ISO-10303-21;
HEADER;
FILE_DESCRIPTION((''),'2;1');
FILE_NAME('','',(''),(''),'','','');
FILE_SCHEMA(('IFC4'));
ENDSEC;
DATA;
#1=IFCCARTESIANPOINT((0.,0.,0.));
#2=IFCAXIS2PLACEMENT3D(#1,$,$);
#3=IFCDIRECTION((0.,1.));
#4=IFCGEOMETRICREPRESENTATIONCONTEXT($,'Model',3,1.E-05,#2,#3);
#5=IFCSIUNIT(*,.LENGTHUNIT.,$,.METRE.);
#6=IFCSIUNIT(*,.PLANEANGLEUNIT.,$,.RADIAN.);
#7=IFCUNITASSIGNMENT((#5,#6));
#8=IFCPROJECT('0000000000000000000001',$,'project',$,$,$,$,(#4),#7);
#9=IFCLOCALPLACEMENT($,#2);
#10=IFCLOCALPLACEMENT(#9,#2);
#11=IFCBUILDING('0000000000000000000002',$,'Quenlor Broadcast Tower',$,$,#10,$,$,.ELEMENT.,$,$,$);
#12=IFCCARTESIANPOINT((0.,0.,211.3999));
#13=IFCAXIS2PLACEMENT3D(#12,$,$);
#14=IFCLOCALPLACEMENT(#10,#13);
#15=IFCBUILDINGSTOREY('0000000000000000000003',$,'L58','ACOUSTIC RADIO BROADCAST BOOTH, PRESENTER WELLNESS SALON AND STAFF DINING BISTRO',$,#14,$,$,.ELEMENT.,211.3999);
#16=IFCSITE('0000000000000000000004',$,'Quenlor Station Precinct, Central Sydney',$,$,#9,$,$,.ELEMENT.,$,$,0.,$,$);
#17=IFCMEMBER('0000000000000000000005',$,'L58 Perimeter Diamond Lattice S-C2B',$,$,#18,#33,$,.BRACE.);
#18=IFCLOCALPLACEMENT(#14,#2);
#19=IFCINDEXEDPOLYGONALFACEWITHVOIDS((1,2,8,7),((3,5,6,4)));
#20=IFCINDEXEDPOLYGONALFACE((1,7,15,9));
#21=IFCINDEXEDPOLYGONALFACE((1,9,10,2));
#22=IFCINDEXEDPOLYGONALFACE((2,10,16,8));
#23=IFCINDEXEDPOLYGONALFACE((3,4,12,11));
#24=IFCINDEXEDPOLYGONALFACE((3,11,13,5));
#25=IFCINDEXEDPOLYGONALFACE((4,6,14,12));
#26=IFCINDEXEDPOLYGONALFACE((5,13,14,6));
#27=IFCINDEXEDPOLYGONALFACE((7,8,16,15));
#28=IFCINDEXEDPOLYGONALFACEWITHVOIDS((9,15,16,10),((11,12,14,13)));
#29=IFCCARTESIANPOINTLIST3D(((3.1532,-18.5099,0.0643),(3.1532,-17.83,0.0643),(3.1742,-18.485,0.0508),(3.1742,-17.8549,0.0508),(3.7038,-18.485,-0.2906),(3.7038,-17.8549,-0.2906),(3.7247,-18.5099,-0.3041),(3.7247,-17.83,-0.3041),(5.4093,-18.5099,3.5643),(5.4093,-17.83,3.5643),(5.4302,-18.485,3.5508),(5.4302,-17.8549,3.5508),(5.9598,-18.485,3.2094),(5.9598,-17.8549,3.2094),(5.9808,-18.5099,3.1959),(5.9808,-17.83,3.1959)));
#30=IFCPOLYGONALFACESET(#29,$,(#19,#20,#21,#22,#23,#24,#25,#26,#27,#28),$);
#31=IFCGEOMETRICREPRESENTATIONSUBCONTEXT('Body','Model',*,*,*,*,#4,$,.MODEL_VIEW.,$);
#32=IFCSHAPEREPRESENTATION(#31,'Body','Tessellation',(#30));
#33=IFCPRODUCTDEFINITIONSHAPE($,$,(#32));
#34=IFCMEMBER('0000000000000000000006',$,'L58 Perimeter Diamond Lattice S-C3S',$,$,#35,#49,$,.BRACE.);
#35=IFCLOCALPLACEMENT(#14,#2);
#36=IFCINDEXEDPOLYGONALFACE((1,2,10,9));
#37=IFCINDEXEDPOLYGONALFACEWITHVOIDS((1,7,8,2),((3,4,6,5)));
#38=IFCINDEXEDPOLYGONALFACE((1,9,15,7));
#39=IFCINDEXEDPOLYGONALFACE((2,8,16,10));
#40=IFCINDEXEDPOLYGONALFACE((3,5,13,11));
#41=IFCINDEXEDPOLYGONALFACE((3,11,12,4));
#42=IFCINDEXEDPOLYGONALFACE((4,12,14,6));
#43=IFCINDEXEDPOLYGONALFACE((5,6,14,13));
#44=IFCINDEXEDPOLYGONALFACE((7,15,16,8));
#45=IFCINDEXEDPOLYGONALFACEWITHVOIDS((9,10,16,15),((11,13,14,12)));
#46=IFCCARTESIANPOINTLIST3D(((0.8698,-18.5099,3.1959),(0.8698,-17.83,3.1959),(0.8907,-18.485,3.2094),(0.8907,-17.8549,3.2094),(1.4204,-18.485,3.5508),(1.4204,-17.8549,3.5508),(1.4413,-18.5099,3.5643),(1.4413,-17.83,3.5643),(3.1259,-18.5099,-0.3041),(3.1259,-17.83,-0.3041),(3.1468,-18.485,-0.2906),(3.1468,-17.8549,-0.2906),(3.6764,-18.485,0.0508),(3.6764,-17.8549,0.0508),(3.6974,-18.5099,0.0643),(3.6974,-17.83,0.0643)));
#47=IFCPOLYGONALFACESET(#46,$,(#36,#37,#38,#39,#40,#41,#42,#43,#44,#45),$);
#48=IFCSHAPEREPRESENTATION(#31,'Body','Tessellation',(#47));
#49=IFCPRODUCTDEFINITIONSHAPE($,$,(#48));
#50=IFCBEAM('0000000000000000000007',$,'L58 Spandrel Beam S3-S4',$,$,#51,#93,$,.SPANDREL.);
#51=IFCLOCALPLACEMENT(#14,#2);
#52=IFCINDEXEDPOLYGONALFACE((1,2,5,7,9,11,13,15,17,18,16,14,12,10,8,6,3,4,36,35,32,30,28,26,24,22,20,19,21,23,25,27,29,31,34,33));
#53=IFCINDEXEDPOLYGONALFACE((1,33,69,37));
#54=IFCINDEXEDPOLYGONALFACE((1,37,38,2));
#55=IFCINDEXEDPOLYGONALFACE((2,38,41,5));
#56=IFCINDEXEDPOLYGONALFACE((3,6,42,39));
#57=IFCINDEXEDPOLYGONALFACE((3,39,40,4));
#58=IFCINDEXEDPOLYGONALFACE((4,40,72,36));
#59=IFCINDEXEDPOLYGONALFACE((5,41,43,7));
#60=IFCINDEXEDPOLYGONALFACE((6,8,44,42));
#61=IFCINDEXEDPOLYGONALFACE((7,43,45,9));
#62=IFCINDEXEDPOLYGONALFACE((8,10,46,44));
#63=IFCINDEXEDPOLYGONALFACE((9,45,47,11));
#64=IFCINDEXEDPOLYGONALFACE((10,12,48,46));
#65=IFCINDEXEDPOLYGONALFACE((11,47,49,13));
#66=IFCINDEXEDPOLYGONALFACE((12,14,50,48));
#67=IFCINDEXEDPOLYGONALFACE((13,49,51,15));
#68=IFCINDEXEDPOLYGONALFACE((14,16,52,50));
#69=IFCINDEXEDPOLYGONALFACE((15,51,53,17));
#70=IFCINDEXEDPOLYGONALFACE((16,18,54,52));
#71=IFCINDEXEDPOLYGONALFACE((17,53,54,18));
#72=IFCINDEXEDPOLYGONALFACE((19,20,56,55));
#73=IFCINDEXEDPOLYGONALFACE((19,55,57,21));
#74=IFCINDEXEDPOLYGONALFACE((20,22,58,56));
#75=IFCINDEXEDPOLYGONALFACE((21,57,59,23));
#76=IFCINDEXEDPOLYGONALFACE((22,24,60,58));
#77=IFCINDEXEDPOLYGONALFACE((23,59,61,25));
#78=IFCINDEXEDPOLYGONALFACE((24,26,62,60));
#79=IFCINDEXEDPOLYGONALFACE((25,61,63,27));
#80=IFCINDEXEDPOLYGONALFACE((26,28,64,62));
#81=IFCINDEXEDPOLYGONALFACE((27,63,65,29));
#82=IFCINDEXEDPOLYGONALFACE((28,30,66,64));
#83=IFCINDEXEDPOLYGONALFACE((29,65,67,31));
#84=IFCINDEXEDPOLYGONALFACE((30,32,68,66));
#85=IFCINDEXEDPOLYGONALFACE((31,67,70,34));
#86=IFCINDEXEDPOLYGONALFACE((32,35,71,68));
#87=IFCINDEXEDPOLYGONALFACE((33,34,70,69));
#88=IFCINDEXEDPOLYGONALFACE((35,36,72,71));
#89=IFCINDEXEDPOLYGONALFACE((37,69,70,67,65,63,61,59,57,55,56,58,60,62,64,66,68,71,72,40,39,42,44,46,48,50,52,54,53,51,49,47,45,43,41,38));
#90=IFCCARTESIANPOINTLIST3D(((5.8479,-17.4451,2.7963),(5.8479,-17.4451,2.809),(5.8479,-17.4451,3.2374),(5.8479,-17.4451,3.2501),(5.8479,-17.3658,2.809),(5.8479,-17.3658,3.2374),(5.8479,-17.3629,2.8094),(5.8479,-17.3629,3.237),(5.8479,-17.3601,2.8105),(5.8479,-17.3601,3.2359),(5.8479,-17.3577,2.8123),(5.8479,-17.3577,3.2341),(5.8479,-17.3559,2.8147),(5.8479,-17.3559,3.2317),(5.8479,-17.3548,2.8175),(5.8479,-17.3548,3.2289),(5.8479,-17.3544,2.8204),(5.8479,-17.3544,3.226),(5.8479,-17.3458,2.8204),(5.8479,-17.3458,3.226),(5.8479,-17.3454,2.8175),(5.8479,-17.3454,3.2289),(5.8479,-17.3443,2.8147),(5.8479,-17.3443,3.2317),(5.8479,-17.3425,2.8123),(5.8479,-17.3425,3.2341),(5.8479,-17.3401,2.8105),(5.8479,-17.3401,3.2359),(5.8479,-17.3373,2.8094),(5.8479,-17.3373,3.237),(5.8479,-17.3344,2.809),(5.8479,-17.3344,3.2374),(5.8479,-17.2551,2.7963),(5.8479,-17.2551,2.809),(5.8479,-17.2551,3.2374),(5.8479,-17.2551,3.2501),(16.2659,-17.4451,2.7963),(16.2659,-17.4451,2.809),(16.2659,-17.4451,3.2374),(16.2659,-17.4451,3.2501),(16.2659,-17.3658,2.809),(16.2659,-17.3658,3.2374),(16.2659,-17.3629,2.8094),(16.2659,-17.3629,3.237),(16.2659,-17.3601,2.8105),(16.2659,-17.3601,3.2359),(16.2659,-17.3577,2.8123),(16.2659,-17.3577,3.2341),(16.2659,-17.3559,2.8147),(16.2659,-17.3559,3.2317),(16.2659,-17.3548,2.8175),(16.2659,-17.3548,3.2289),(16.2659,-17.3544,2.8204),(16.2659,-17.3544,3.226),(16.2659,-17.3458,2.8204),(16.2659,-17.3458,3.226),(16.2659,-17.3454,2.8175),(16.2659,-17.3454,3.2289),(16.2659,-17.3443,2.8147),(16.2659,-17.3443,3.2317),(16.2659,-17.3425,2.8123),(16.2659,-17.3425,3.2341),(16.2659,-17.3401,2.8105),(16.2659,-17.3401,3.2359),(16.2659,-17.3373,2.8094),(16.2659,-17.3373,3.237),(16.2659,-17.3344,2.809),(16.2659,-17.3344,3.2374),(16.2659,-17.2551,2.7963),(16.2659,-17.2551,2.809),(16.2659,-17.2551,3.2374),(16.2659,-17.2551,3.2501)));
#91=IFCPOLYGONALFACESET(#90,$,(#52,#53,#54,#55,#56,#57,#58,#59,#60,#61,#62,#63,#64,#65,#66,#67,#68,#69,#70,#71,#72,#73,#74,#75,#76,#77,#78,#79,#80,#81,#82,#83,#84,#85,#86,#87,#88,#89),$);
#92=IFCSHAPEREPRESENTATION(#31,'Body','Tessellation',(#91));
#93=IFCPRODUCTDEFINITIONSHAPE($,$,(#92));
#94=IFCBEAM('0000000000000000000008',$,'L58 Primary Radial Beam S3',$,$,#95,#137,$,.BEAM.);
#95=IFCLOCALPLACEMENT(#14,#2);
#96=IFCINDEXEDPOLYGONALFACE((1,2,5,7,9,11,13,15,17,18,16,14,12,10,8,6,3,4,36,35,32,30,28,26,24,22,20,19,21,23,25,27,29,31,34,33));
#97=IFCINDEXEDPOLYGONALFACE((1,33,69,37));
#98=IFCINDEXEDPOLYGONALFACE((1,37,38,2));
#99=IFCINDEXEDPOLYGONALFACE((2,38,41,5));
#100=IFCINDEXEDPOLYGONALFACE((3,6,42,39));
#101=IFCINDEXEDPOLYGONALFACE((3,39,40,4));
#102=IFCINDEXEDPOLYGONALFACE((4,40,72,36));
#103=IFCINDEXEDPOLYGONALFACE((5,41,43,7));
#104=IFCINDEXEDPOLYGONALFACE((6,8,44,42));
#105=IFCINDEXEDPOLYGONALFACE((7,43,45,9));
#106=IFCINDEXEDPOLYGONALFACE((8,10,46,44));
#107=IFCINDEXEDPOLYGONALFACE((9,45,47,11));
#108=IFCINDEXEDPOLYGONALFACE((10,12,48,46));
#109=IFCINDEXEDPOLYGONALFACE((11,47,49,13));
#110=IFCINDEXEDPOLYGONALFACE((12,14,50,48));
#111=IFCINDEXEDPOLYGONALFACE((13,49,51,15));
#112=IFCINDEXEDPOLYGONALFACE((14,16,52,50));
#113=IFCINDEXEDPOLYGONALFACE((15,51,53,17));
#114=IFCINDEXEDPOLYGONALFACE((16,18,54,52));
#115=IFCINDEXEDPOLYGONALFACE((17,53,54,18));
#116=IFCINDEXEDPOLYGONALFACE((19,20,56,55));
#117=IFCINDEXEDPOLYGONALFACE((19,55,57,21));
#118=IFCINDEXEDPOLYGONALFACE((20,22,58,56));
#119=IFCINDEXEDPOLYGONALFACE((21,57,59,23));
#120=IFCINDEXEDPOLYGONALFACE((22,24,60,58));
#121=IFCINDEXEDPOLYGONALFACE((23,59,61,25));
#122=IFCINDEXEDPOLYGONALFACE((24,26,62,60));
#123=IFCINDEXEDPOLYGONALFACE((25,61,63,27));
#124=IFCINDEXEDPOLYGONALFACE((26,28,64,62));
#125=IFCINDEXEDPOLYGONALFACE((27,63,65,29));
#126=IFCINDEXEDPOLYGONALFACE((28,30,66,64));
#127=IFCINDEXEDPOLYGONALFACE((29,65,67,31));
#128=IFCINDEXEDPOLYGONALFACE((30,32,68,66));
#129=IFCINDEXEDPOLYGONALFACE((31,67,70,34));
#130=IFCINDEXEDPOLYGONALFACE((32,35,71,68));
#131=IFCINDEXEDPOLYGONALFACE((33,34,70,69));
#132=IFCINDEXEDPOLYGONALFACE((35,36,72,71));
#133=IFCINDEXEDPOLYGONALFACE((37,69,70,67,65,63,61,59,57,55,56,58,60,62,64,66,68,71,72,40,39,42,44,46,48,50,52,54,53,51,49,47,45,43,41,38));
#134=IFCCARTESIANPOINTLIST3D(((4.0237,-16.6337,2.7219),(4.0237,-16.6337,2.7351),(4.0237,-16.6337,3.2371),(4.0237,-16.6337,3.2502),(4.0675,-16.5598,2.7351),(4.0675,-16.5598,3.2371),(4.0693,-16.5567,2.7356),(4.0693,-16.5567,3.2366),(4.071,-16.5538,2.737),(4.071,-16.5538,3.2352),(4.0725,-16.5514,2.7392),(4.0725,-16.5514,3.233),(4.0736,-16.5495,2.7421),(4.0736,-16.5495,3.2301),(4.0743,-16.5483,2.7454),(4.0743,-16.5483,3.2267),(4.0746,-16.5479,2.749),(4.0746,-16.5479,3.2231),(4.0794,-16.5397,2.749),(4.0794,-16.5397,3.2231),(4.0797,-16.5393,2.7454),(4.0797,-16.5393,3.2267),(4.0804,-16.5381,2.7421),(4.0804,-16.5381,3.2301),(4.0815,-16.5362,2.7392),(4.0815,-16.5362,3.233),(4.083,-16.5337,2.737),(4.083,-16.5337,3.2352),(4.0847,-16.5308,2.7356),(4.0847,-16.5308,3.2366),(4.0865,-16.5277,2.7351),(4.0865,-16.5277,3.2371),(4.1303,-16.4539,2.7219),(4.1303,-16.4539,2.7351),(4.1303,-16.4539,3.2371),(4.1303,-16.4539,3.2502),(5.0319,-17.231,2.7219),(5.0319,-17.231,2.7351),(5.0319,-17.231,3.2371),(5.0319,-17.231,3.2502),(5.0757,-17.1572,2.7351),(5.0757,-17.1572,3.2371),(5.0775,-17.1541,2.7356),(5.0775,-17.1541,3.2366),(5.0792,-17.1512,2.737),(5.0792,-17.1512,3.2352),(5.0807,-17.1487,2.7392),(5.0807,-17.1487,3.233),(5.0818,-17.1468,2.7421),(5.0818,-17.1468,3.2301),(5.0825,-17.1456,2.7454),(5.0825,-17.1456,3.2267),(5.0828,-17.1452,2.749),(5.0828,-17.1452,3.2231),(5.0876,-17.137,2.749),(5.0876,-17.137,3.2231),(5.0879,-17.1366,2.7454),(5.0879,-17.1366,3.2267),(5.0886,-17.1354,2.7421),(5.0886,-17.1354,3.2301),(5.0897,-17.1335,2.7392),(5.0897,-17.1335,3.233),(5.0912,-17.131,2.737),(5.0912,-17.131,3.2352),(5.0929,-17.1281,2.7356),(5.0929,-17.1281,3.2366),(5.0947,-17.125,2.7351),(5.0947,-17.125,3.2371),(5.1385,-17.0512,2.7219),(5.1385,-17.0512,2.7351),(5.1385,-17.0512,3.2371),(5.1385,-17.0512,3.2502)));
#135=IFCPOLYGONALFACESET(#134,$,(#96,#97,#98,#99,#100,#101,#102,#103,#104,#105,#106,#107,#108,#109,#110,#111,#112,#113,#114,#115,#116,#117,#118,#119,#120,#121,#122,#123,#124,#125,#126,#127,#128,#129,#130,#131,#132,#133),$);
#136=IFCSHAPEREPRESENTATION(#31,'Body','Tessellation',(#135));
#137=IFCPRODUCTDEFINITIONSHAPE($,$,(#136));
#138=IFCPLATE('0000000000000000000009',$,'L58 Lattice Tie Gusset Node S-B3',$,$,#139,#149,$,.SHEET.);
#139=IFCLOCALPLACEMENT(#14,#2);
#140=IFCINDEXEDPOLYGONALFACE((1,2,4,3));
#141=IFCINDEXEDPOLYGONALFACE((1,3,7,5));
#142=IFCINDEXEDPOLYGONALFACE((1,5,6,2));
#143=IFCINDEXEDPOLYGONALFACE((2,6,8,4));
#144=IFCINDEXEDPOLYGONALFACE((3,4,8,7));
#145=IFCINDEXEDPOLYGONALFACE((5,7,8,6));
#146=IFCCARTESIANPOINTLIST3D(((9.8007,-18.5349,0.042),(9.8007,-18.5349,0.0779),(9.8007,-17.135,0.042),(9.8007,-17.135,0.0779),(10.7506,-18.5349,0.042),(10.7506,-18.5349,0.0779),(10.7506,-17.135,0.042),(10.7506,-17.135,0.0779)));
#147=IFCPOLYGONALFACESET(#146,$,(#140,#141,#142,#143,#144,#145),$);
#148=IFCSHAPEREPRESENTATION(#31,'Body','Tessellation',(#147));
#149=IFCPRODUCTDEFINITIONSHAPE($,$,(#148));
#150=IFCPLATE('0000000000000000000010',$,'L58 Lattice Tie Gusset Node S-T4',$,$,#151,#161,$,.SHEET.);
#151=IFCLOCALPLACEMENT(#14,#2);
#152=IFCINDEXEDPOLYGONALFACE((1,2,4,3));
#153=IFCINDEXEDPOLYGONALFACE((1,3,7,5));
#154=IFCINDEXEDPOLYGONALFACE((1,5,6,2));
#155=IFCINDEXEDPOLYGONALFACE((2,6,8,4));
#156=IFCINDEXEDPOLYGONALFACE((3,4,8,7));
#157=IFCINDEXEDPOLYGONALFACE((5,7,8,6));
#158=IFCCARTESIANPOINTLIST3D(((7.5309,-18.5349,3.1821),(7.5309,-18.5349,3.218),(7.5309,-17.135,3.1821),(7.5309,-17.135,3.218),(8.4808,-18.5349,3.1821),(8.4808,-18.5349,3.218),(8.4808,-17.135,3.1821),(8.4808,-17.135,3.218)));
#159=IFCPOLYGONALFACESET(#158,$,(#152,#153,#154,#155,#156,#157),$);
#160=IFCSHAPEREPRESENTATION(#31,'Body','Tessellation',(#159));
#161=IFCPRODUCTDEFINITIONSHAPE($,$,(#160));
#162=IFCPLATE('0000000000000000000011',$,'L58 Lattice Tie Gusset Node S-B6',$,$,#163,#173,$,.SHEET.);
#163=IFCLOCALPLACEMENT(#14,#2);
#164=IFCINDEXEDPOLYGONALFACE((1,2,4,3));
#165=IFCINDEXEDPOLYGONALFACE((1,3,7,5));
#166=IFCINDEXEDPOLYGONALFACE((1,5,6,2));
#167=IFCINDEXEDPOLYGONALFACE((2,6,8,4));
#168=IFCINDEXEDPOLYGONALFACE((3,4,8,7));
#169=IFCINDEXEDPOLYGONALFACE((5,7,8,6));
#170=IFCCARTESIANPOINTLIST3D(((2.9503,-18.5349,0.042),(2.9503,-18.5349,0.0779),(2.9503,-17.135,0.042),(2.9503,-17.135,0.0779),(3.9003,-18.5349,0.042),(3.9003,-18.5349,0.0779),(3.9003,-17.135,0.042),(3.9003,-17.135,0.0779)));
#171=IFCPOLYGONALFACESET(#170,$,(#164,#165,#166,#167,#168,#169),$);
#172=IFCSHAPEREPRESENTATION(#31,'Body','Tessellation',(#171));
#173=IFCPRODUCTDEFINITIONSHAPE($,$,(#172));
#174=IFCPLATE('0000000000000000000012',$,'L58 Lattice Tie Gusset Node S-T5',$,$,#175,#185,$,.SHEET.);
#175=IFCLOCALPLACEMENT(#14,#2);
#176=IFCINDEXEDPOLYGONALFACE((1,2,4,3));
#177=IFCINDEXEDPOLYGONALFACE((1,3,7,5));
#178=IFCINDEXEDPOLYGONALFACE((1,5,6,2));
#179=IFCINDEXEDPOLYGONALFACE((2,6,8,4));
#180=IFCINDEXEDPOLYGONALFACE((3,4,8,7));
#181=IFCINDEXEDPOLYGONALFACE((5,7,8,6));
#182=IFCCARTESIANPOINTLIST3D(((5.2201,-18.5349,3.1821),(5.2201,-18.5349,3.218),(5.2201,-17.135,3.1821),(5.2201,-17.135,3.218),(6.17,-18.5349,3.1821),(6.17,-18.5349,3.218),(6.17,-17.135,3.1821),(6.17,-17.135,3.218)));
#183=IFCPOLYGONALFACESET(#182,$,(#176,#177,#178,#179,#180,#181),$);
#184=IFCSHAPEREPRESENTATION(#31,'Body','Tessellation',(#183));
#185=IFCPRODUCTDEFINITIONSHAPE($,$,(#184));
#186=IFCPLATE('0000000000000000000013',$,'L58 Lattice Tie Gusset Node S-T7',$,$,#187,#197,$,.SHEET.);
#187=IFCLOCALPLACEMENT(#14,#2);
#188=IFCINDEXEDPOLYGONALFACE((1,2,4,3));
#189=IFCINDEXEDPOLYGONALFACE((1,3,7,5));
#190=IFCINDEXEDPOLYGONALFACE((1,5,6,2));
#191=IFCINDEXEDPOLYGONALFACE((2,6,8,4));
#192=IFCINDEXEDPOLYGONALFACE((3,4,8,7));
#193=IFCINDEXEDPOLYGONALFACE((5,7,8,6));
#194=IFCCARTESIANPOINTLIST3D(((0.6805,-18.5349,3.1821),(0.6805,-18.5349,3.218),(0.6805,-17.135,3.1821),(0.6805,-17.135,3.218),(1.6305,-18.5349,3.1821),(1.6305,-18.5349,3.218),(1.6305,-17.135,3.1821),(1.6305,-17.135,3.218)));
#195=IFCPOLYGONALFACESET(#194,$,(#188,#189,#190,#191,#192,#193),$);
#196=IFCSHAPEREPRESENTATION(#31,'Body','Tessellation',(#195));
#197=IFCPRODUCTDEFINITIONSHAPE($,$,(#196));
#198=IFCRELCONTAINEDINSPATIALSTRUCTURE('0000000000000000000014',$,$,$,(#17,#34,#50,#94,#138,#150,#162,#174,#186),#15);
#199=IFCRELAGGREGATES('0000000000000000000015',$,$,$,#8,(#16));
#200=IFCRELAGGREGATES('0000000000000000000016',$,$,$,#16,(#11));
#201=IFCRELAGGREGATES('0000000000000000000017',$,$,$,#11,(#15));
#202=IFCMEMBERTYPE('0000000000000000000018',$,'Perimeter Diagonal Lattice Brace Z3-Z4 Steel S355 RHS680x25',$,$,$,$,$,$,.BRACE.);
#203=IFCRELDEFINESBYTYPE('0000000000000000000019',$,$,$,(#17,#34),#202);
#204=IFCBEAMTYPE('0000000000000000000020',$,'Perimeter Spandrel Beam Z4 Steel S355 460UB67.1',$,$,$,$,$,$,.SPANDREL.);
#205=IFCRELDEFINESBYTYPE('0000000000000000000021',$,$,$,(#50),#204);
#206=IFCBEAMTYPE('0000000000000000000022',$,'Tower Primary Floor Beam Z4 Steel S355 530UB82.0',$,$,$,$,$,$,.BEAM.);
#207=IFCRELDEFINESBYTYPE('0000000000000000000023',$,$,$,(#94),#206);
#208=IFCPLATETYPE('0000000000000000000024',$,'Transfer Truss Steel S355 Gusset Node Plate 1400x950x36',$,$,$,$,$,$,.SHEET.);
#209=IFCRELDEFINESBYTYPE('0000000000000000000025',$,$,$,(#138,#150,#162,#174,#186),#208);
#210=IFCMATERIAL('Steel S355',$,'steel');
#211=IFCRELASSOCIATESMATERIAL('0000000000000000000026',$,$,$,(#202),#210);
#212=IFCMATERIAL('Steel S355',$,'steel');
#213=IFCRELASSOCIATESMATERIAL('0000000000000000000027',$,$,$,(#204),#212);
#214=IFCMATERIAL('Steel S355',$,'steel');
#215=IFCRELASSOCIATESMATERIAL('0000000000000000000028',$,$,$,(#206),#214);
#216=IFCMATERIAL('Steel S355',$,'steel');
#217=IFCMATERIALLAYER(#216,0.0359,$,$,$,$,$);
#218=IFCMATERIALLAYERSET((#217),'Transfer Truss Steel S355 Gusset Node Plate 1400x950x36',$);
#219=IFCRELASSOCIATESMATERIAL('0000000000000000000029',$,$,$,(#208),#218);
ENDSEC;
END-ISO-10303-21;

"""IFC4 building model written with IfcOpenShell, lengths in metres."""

from ifc_helpers import new_model, si_unit, direction, frame, origin, origin_2d, place, context, subcontext, project, spatial, rectangle, hollow_rectangle, i_section, extrude, material, layer, layer_set, material_profile, profile_set, type_object, element, save


model = new_model("IFC4")

# Units and contexts
model_context = context("Model", 3, precision=1e-05, world=origin(), true_north=direction((0.0, 1.0)))
body_context = subcontext(model_context, "Body", "Model", "MODEL_VIEW")
ifc_project = project(units=[si_unit("LENGTHUNIT", "METRE"), si_unit("PLANEANGLEUNIT", "RADIAN")], contexts=[model_context])

# Site, building, storey
site_placement = place(None, origin())
site = spatial("IfcSite", under=ifc_project, at=site_placement, Name="Quenlor Station Precinct, Central Sydney", CompositionType="ELEMENT", RefElevation=0.0)
building_placement = place(site_placement, origin())
building = spatial("IfcBuilding", under=site, at=building_placement, Name="Quenlor Broadcast Tower", CompositionType="ELEMENT")
storey_placement = place(building_placement, frame((0.0, 0.0, 211.3999)))
storey = spatial("IfcBuildingStorey", under=building, at=storey_placement, Name="L58", Description="ACOUSTIC RADIO BROADCAST BOOTH, PRESENTER WELLNESS SALON AND STAFF DINING BISTRO", CompositionType="ELEMENT", Elevation=211.3999)

# Members
ifc_material_1 = material(Name="Steel S355", Category="steel")
ifc_material_profile_1 = material_profile(ifc_material_1, hollow_rectangle(XDim=0.6799, YDim=0.6799, WallThickness=0.0249, at=origin_2d()))
ifc_profile_set_1 = profile_set([ifc_material_profile_1], Name="Steel S355 RHS680x680x25")
member_type_1 = type_object("IfcMemberType", Name="Perimeter Diagonal Lattice Brace Z3-Z4 Steel S355 RHS680x25", PredefinedType="BRACE", material=ifc_profile_set_1)
for number, where, z_axis, x_axis, name in (
    (1, (3.439, -18.1699, -0.1199), (0.541794, 0.0, 0.840511), (0.0, 1.0, 0.0), "L58 Perimeter Diamond Lattice S-C2B"),
    (2, (3.4116, -18.1699, -0.1199), (-0.541794, 0.0, 0.840511), (0.0, -1.0, 0.0), "L58 Perimeter Diamond Lattice S-C3S"),
):
    element("IfcMember", number, at=place(storey_placement, frame(where, z_axis=z_axis, x_axis=x_axis)), inside=storey, type_object=member_type_1, Name=name, PredefinedType="BRACE", context=body_context, shape_type="SweptSolid", body=[
        extrude(hollow_rectangle(XDim=0.6799, YDim=0.6799, WallThickness=0.0249, at=origin_2d()), origin(), (0.0, 0.0, 1.0), 4.1641),
    ])

# Beams
ifc_material_2 = material(Name="Steel S355", Category="steel")
ifc_material_profile_2 = material_profile(ifc_material_2, i_section(OverallWidth=0.1899, OverallDepth=0.4539, WebThickness=0.0085, FlangeThickness=0.0127, FilletRadius=0.0115, at=origin_2d()))
ifc_profile_set_2 = profile_set([ifc_material_profile_2], Name="Steel S355 460UB67.1")
beam_type_1 = type_object("IfcBeamType", Name="Perimeter Spandrel Beam Z4 Steel S355 460UB67.1", PredefinedType="SPANDREL", material=ifc_profile_set_2)
beam_1_placement = place(storey_placement, frame((5.8479, -17.3501, 3.0232), z_axis=(1.0, 0.0, 0.0), x_axis=(0.0, 1.0, 0.0)))
element("IfcBeam", 3, at=beam_1_placement, inside=storey, type_object=beam_type_1, Name="L58 Spandrel Beam S3-S4", PredefinedType="SPANDREL", context=body_context, shape_type="SweptSolid", body=[
    extrude(i_section(OverallWidth=0.1899, OverallDepth=0.4539, WebThickness=0.0085, FlangeThickness=0.0127, FilletRadius=0.0115, at=origin_2d()), origin(), (0.0, 0.0, 1.0), 10.418),
])
ifc_material_3 = material(Name="Steel S355", Category="steel")
ifc_material_profile_3 = material_profile(ifc_material_3, i_section(OverallWidth=0.209, OverallDepth=0.5283, WebThickness=0.0095, FlangeThickness=0.0132, FilletRadius=0.0139, at=origin_2d()))
ifc_profile_set_3 = profile_set([ifc_material_profile_3], Name="Steel S355 530UB82.0")
beam_type_2 = type_object("IfcBeamType", Name="Tower Primary Floor Beam Z4 Steel S355 530UB82.0", PredefinedType="BEAM", material=ifc_profile_set_3)
beam_2_placement = place(storey_placement, frame((5.0852, -17.1411, 2.9861), z_axis=(-0.860329, 0.50974, 0.0), x_axis=(-0.50974, -0.860329, 0.0)))
element("IfcBeam", 4, at=beam_2_placement, inside=storey, type_object=beam_type_2, Name="L58 Primary Radial Beam S3", PredefinedType="BEAM", context=body_context, shape_type="SweptSolid", body=[
    extrude(i_section(OverallWidth=0.209, OverallDepth=0.5283, WebThickness=0.0095, FlangeThickness=0.0132, FilletRadius=0.0139, at=origin_2d()), origin(), (0.0, 0.0, 1.0), 1.1719),
])

# Plates
ifc_material_4 = material(Name="Steel S355", Category="steel")
ifc_layer_1 = layer(ifc_material_4, 0.0359)
ifc_layer_set_1 = layer_set([ifc_layer_1], Name="Transfer Truss Steel S355 Gusset Node Plate 1400x950x36")
plate_type = type_object("IfcPlateType", Name="Transfer Truss Steel S355 Gusset Node Plate 1400x950x36", PredefinedType="SHEET", material=ifc_layer_set_1)
for number, where, z_axis, x_axis, name in (
    (5, (10.2756, -17.835, 0.042), (0.0, 0.0, 1.0), (0.0, -1.0, 0.0), "L58 Lattice Tie Gusset Node S-B3"),
    (6, (8.0059, -17.835, 3.1821), (0.0, 0.0, 1.0), (0.0, -1.0, 0.0), "L58 Lattice Tie Gusset Node S-T4"),
    (7, (3.4253, -17.835, 0.042), (0.0, 0.0, 1.0), (0.0, -1.0, 0.0), "L58 Lattice Tie Gusset Node S-B6"),
    (8, (5.6951, -17.835, 3.1821), (0.0, 0.0, 1.0), (0.0, -1.0, 0.0), "L58 Lattice Tie Gusset Node S-T5"),
    (9, (1.1555, -17.835, 3.1821), (0.0, 0.0, 1.0), (0.0, -1.0, 0.0), "L58 Lattice Tie Gusset Node S-T7"),
):
    element("IfcPlate", number, at=place(storey_placement, frame(where, z_axis=z_axis, x_axis=x_axis)), inside=storey, type_object=plate_type, Name=name, PredefinedType="SHEET", context=body_context, shape_type="SweptSolid", body=[
        extrude(rectangle(XDim=1.3999, YDim=0.95, at=origin_2d()), origin(), (0.0, 0.0, 1.0), 0.0359),
    ])

save(model, "model.ifc")
